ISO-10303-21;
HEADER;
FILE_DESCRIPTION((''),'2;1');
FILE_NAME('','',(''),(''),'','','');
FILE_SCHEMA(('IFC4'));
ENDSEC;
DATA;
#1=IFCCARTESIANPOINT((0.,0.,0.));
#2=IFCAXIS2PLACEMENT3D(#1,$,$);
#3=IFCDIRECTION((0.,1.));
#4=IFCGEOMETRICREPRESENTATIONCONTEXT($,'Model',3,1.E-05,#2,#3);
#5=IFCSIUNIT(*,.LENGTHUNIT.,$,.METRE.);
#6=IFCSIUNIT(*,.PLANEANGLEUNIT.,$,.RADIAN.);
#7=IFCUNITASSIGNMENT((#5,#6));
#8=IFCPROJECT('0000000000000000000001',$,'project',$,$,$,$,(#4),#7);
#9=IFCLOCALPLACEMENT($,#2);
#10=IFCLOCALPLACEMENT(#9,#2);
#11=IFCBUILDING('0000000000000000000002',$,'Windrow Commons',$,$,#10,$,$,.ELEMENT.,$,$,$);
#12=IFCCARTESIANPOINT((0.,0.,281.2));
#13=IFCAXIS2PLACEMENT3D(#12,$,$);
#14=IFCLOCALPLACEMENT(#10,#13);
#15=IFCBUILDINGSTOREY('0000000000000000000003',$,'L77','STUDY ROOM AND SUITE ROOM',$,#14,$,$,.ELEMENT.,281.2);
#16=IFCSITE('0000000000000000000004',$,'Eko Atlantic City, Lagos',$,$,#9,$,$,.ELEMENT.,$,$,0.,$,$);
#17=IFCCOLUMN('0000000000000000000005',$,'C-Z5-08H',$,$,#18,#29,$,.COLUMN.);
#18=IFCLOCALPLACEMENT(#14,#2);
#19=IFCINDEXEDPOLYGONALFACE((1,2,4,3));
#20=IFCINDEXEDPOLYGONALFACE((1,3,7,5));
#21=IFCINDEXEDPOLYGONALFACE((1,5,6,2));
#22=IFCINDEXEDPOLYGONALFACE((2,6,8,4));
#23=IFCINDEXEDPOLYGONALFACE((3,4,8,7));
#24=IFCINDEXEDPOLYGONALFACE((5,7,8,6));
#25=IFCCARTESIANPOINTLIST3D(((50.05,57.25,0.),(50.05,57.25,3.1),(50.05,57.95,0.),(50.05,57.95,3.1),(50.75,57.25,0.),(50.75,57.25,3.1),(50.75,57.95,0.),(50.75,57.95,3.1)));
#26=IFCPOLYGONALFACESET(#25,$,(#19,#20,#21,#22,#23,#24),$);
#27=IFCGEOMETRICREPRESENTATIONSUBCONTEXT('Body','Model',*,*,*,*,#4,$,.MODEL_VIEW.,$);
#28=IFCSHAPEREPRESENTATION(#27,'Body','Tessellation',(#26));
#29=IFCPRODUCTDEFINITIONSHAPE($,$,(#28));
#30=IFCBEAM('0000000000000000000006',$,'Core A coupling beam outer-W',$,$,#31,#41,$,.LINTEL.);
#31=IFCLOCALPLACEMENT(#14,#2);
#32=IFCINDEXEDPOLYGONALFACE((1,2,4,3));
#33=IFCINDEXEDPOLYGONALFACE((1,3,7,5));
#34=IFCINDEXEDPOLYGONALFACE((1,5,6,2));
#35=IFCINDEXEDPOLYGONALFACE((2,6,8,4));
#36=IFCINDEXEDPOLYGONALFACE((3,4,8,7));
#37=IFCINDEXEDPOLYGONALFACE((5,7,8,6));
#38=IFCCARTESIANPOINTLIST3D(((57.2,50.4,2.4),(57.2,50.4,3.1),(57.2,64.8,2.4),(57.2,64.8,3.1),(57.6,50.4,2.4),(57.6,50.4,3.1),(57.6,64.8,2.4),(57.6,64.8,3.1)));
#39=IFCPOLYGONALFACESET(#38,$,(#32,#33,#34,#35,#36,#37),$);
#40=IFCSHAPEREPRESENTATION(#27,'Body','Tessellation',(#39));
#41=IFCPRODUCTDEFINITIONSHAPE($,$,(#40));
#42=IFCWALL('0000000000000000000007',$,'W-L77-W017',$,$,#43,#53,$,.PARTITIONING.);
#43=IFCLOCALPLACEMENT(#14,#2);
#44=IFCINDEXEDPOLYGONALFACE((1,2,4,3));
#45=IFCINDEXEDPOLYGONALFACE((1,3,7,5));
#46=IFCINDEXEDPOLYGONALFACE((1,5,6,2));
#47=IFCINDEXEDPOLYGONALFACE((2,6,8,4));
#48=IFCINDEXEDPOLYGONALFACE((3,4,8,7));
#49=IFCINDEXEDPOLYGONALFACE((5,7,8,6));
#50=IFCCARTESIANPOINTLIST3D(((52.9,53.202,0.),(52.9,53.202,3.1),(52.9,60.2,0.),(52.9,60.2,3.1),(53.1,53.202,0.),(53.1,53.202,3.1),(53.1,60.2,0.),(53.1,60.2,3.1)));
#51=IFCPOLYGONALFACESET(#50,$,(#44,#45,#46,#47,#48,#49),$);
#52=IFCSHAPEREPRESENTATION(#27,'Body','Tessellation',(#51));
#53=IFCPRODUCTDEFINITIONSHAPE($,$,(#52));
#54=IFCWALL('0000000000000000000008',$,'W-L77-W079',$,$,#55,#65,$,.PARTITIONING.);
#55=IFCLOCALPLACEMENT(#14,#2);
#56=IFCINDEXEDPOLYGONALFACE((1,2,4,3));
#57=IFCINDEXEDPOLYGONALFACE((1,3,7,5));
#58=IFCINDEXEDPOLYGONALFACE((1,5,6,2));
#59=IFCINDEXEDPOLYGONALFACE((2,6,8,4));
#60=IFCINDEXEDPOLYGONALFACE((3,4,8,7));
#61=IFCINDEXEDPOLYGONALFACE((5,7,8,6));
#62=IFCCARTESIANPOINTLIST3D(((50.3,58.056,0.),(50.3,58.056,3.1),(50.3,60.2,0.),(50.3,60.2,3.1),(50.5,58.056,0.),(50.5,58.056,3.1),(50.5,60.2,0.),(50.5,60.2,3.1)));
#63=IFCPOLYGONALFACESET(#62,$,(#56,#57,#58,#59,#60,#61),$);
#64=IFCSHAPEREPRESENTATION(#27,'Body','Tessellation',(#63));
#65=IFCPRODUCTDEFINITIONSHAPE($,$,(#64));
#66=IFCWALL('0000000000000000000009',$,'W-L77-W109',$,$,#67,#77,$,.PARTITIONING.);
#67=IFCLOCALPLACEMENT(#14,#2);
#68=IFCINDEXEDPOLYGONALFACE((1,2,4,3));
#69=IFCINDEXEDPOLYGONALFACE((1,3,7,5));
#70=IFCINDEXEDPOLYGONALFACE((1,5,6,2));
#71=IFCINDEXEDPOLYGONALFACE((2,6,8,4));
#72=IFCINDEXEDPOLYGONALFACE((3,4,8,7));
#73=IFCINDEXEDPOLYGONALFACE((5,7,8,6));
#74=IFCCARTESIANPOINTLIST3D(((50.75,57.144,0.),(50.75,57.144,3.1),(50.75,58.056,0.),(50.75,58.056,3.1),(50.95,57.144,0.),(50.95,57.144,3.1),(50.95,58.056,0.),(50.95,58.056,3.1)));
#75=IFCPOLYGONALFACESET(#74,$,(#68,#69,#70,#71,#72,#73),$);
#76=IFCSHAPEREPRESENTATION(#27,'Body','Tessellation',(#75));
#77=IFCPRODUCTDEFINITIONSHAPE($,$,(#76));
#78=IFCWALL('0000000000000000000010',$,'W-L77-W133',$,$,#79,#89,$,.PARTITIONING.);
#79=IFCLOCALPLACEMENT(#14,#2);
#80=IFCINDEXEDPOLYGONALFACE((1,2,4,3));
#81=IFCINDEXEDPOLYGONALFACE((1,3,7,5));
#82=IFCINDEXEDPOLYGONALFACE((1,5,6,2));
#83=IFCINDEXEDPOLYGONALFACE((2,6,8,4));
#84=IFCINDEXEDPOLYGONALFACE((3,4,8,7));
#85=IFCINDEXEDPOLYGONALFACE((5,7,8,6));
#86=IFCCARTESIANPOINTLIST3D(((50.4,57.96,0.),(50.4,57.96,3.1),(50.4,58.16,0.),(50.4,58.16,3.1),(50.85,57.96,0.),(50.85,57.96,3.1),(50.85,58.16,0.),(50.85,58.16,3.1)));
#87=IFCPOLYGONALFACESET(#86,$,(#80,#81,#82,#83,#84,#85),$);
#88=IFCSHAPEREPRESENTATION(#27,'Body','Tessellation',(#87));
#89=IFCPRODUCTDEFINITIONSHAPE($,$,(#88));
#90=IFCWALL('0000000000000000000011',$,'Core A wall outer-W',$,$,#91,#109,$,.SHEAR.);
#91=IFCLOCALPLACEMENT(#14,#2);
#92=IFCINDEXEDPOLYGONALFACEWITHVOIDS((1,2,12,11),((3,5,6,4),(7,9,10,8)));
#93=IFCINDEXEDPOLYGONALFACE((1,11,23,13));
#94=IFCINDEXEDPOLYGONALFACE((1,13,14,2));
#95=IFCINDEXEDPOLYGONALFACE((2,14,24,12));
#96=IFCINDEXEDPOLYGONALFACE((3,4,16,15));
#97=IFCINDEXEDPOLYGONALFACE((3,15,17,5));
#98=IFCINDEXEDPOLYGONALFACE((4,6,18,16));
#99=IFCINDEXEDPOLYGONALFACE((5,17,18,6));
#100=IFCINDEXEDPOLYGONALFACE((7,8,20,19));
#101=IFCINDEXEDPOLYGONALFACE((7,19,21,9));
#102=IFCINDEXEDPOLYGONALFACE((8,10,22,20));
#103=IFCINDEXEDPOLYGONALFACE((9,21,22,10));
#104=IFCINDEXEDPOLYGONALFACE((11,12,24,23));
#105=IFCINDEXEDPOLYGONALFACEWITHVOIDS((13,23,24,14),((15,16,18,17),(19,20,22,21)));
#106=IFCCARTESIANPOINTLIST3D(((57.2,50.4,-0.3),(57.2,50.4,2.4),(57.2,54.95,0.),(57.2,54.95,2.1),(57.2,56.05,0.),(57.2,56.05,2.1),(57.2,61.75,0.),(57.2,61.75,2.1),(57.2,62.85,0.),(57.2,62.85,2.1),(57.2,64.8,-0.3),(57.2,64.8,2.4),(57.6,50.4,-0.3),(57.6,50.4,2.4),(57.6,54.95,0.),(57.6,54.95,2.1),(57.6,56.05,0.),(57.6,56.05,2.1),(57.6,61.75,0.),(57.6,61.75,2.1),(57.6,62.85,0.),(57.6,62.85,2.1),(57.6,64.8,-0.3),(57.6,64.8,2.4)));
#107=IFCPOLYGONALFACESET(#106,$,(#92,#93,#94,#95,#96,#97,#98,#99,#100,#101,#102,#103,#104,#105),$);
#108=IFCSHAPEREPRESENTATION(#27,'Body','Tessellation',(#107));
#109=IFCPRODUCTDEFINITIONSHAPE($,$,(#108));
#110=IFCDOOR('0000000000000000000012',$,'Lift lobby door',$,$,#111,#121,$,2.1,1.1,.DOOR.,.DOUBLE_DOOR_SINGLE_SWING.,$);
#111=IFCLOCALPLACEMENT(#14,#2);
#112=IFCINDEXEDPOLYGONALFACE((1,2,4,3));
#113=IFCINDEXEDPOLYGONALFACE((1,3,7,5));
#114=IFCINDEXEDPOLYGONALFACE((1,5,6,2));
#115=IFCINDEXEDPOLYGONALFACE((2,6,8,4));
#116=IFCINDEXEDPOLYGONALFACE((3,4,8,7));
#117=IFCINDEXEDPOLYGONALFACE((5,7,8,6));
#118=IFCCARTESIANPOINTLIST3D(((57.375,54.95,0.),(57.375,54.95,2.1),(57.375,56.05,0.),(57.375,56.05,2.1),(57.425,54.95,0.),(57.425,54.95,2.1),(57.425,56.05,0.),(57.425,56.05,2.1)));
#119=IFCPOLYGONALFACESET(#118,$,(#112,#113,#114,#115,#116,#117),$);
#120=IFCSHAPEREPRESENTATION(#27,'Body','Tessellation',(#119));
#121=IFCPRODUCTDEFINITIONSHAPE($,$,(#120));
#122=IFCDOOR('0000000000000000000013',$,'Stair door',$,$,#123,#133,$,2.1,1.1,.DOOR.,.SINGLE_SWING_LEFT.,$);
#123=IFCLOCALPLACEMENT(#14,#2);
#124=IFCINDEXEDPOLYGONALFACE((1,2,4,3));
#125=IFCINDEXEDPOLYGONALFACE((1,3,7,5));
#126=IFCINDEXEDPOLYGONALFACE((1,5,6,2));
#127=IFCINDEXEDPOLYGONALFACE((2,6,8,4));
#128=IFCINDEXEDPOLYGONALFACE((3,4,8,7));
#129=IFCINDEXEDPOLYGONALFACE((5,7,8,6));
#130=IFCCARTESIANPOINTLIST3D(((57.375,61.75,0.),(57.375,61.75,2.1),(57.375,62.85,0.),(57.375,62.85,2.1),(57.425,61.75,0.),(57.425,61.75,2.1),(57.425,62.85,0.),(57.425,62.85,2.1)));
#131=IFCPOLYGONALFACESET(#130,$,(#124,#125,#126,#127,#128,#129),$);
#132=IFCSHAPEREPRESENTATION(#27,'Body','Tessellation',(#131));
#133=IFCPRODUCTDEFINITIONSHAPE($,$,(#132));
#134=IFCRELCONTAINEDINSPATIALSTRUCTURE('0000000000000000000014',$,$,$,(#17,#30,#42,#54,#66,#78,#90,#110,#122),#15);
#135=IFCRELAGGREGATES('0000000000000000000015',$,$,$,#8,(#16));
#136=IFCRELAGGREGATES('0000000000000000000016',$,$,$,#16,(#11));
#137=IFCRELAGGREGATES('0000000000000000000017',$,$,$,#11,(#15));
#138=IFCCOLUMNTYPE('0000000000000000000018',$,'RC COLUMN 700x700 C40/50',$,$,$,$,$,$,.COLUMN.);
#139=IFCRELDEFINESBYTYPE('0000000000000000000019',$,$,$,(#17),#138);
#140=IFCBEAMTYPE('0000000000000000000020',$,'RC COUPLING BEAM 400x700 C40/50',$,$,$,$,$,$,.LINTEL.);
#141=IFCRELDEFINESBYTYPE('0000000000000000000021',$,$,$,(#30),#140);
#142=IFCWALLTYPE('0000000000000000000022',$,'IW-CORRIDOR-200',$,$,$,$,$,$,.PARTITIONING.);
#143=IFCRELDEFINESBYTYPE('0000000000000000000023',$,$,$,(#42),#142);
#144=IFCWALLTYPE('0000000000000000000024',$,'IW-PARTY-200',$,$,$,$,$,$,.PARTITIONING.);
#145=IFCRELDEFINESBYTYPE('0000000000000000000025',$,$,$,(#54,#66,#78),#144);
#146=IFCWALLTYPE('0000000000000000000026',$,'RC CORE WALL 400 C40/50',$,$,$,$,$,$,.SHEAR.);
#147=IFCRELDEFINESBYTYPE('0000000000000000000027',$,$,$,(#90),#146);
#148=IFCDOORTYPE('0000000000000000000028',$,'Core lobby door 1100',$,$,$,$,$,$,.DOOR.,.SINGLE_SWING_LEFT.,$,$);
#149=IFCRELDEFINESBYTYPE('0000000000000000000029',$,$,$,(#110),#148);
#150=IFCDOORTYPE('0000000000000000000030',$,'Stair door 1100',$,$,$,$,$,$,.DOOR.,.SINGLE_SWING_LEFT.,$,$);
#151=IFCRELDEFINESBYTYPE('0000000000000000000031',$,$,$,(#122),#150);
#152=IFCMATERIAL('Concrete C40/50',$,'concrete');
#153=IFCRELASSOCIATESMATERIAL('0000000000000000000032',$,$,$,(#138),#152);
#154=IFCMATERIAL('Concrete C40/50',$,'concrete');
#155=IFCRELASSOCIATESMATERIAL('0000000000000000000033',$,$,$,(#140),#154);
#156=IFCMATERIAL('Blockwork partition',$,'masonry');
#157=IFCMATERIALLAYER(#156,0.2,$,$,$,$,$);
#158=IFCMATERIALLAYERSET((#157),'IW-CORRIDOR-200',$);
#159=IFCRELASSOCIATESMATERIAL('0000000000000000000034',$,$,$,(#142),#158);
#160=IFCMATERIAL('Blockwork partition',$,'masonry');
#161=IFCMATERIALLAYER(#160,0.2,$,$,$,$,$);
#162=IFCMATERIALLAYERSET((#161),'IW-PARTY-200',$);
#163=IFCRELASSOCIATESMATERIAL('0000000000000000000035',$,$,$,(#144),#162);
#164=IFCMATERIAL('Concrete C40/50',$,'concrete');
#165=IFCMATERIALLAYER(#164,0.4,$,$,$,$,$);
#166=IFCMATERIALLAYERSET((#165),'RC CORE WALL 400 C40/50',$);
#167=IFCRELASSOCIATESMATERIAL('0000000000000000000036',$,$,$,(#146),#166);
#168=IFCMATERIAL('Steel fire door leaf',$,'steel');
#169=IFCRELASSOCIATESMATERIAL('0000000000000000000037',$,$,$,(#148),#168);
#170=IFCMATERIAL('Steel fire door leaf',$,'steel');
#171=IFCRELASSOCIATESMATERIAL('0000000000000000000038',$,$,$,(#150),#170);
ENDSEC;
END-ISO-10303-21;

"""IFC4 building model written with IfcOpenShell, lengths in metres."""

from ifc_helpers import new_model, si_unit, direction, frame, frame_2d, origin, origin_2d, place, context, subcontext, project, spatial, rectangle, extrude, material, layer, layer_set, material_profile, profile_set, type_object, element, fill, save


model = new_model("IFC4")

# Units and contexts
model_context = context("Model", 3, precision=1e-05, world=origin(), true_north=direction((0.0, 1.0)))
body_context = subcontext(model_context, "Body", "Model", "MODEL_VIEW")
ifc_project = project(units=[si_unit("LENGTHUNIT", "METRE"), si_unit("PLANEANGLEUNIT", "RADIAN")], contexts=[model_context])

# Site, building, storey
site_placement = place(None, origin())
site = spatial("IfcSite", under=ifc_project, at=site_placement, Name="Eko Atlantic City, Lagos", CompositionType="ELEMENT", RefElevation=0.0)
building_placement = place(site_placement, origin())
building = spatial("IfcBuilding", under=site, at=building_placement, Name="Windrow Commons", CompositionType="ELEMENT")
storey_placement = place(building_placement, frame((0.0, 0.0, 281.2)))
storey = spatial("IfcBuildingStorey", under=building, at=storey_placement, Name="L77", Description="STUDY ROOM AND SUITE ROOM", CompositionType="ELEMENT", Elevation=281.2)

# Column
ifc_material_1 = material(Name="Concrete C40/50", Category="concrete")
ifc_material_profile_1 = material_profile(ifc_material_1, rectangle(XDim=0.7, YDim=0.7, at=origin_2d()))
ifc_profile_set_1 = profile_set([ifc_material_profile_1], Name="Concrete C40/50")
column_type = type_object("IfcColumnType", Name="RC COLUMN 700x700 C40/50", PredefinedType="COLUMN", material=ifc_profile_set_1)
column_placement = place(storey_placement, frame((50.4, 57.6, 0.0), z_axis=(0.0, 0.0, 1.0), x_axis=(1.0, 0.0, 0.0)))
element("IfcColumn", 1, at=column_placement, inside=storey, type_object=column_type, Name="C-Z5-08H", PredefinedType="COLUMN", context=body_context, shape_type="SweptSolid", body=[
    extrude(rectangle(XDim=0.7, YDim=0.7, at=origin_2d()), origin(), (0.0, 0.0, 1.0), 3.1),
])

# Beam
ifc_material_2 = material(Name="Concrete C40/50", Category="concrete")
ifc_material_profile_2 = material_profile(ifc_material_2, rectangle(XDim=0.4, YDim=0.7, at=origin_2d()))
ifc_profile_set_2 = profile_set([ifc_material_profile_2], Name="Concrete C40/50")
beam_type = type_object("IfcBeamType", Name="RC COUPLING BEAM 400x700 C40/50", PredefinedType="LINTEL", material=ifc_profile_set_2)
beam_placement = place(storey_placement, frame((57.4, 50.4, 2.75), z_axis=(0.0, 1.0, 0.0), x_axis=(-1.0, 0.0, 0.0)))
element("IfcBeam", 2, at=beam_placement, inside=storey, type_object=beam_type, Name="Core A coupling beam outer-W", PredefinedType="LINTEL", context=body_context, shape_type="SweptSolid", body=[
    extrude(rectangle(XDim=0.4, YDim=0.7, at=origin_2d()), origin(), (0.0, 0.0, 1.0), 14.4),
])

# Walls
ifc_material_3 = material(Name="Blockwork partition", Category="masonry")
ifc_layer_1 = layer(ifc_material_3, 0.2)
ifc_layer_set_1 = layer_set([ifc_layer_1], Name="IW-CORRIDOR-200")
wall_type_1 = type_object("IfcWallType", Name="IW-CORRIDOR-200", PredefinedType="PARTITIONING", material=ifc_layer_set_1)
wall_1_placement = place(storey_placement, frame((53.0, 53.202, 0.0), z_axis=(0.0, 0.0, 1.0), x_axis=(0.0, 1.0, 0.0)))
element("IfcWall", 3, at=wall_1_placement, inside=storey, type_object=wall_type_1, Name="W-L77-W017", PredefinedType="PARTITIONING", context=body_context, shape_type="SweptSolid", body=[
    extrude(rectangle(XDim=6.998, YDim=0.2, at=frame_2d((3.499, 0.0))), origin(), (0.0, 0.0, 1.0), 3.1),
])
ifc_material_4 = material(Name="Blockwork partition", Category="masonry")
ifc_layer_2 = layer(ifc_material_4, 0.2)
ifc_layer_set_2 = layer_set([ifc_layer_2], Name="IW-PARTY-200")
wall_type_2 = type_object("IfcWallType", Name="IW-PARTY-200", PredefinedType="PARTITIONING", material=ifc_layer_set_2)
wall_2_placement = place(storey_placement, frame((50.4, 58.056, 0.0), z_axis=(0.0, 0.0, 1.0), x_axis=(0.0, 1.0, 0.0)))
element("IfcWall", 4, at=wall_2_placement, inside=storey, type_object=wall_type_2, Name="W-L77-W079", PredefinedType="PARTITIONING", context=body_context, shape_type="SweptSolid", body=[
    extrude(rectangle(XDim=2.144, YDim=0.2, at=frame_2d((1.072, 0.0))), origin(), (0.0, 0.0, 1.0), 3.1),
])
wall_3_placement = place(storey_placement, frame((50.85, 57.144, 0.0), z_axis=(0.0, 0.0, 1.0), x_axis=(0.0, 1.0, 0.0)))
element("IfcWall", 5, at=wall_3_placement, inside=storey, type_object=wall_type_2, Name="W-L77-W109", PredefinedType="PARTITIONING", context=body_context, shape_type="SweptSolid", body=[
    extrude(rectangle(XDim=0.912, YDim=0.2, at=frame_2d((0.456, 0.0))), origin(), (0.0, 0.0, 1.0), 3.1),
])
wall_4_placement = place(storey_placement, frame((50.4, 58.06, 0.0), z_axis=(0.0, 0.0, 1.0), x_axis=(1.0, 0.0, 0.0)))
element("IfcWall", 6, at=wall_4_placement, inside=storey, type_object=wall_type_2, Name="W-L77-W133", PredefinedType="PARTITIONING", context=body_context, shape_type="SweptSolid", body=[
    extrude(rectangle(XDim=0.45, YDim=0.2, at=frame_2d((0.225, 0.0))), origin(), (0.0, 0.0, 1.0), 3.1),
])

# Wall, openings, doors
ifc_material_5 = material(Name="Concrete C40/50", Category="concrete")
ifc_layer_3 = layer(ifc_material_5, 0.4)
ifc_layer_set_3 = layer_set([ifc_layer_3], Name="RC CORE WALL 400 C40/50")
wall_type_3 = type_object("IfcWallType", Name="RC CORE WALL 400 C40/50", PredefinedType="SHEAR", material=ifc_layer_set_3)
wall_5_placement = place(storey_placement, frame((57.4, 50.4, -0.3), z_axis=(0.0, 0.0, 1.0), x_axis=(0.0, 1.0, 0.0)))
wall_5 = element("IfcWall", 7, at=wall_5_placement, inside=storey, type_object=wall_type_3, Name="Core A wall outer-W", PredefinedType="SHEAR", context=body_context, shape_type="SweptSolid", body=[
    extrude(rectangle(XDim=14.4, YDim=0.4, at=frame_2d((7.2, 0.0))), origin(), (0.0, 0.0, 1.0), 2.7),
])
opening_1_placement = place(wall_5_placement, frame((4.55, 0.0, 0.3)))
opening_1 = element("IfcOpeningElement", 8, at=opening_1_placement, cuts=wall_5, PredefinedType="OPENING", context=body_context, shape_type="SweptSolid", body=[
    extrude(rectangle(XDim=1.1, YDim=2.1, at=frame_2d((0.55, 1.05))), frame((0.0, 0.21, 0.0), z_axis=(0.0, -1.0, 0.0), x_axis=(1.0, 0.0, 0.0)), (0.0, 0.0, 1.0), 0.42),
])
opening_2_placement = place(wall_5_placement, frame((11.35, 0.0, 0.3)))
opening_2 = element("IfcOpeningElement", 9, at=opening_2_placement, cuts=wall_5, PredefinedType="OPENING", context=body_context, shape_type="SweptSolid", body=[
    extrude(rectangle(XDim=1.1, YDim=2.1, at=frame_2d((0.55, 1.05))), frame((0.0, 0.21, 0.0), z_axis=(0.0, -1.0, 0.0), x_axis=(1.0, 0.0, 0.0)), (0.0, 0.0, 1.0), 0.42),
])
ifc_material_6 = material(Name="Steel fire door leaf", Category="steel")
door_type_1 = type_object("IfcDoorType", Name="Core lobby door 1100", OperationType="SINGLE_SWING_LEFT", PredefinedType="DOOR", material=ifc_material_6)
door_1_placement = place(opening_1_placement, origin())
door_1 = element("IfcDoor", 10, at=door_1_placement, inside=storey, type_object=door_type_1, Name="Lift lobby door", OperationType="DOUBLE_DOOR_SINGLE_SWING", OverallHeight=2.1, OverallWidth=1.1, PredefinedType="DOOR", context=body_context, shape_type="SweptSolid", body=[
    extrude(rectangle(XDim=1.1, YDim=2.1, at=frame_2d((0.55, 1.05))), frame((0.0, 0.025, 0.0), z_axis=(0.0, -1.0, 0.0), x_axis=(1.0, 0.0, 0.0)), (0.0, 0.0, 1.0), 0.05),
])
fill(opening_1, door_1)
ifc_material_7 = material(Name="Steel fire door leaf", Category="steel")
door_type_2 = type_object("IfcDoorType", Name="Stair door 1100", OperationType="SINGLE_SWING_LEFT", PredefinedType="DOOR", material=ifc_material_7)
door_2_placement = place(opening_2_placement, origin())
door_2 = element("IfcDoor", 11, at=door_2_placement, inside=storey, type_object=door_type_2, Name="Stair door", OperationType="SINGLE_SWING_LEFT", OverallHeight=2.1, OverallWidth=1.1, PredefinedType="DOOR", context=body_context, shape_type="SweptSolid", body=[
    extrude(rectangle(XDim=1.1, YDim=2.1, at=frame_2d((0.55, 1.05))), frame((0.0, 0.025, 0.0), z_axis=(0.0, -1.0, 0.0), x_axis=(1.0, 0.0, 0.0)), (0.0, 0.0, 1.0), 0.05),
])
fill(opening_2, door_2)

save(model, "model.ifc")
